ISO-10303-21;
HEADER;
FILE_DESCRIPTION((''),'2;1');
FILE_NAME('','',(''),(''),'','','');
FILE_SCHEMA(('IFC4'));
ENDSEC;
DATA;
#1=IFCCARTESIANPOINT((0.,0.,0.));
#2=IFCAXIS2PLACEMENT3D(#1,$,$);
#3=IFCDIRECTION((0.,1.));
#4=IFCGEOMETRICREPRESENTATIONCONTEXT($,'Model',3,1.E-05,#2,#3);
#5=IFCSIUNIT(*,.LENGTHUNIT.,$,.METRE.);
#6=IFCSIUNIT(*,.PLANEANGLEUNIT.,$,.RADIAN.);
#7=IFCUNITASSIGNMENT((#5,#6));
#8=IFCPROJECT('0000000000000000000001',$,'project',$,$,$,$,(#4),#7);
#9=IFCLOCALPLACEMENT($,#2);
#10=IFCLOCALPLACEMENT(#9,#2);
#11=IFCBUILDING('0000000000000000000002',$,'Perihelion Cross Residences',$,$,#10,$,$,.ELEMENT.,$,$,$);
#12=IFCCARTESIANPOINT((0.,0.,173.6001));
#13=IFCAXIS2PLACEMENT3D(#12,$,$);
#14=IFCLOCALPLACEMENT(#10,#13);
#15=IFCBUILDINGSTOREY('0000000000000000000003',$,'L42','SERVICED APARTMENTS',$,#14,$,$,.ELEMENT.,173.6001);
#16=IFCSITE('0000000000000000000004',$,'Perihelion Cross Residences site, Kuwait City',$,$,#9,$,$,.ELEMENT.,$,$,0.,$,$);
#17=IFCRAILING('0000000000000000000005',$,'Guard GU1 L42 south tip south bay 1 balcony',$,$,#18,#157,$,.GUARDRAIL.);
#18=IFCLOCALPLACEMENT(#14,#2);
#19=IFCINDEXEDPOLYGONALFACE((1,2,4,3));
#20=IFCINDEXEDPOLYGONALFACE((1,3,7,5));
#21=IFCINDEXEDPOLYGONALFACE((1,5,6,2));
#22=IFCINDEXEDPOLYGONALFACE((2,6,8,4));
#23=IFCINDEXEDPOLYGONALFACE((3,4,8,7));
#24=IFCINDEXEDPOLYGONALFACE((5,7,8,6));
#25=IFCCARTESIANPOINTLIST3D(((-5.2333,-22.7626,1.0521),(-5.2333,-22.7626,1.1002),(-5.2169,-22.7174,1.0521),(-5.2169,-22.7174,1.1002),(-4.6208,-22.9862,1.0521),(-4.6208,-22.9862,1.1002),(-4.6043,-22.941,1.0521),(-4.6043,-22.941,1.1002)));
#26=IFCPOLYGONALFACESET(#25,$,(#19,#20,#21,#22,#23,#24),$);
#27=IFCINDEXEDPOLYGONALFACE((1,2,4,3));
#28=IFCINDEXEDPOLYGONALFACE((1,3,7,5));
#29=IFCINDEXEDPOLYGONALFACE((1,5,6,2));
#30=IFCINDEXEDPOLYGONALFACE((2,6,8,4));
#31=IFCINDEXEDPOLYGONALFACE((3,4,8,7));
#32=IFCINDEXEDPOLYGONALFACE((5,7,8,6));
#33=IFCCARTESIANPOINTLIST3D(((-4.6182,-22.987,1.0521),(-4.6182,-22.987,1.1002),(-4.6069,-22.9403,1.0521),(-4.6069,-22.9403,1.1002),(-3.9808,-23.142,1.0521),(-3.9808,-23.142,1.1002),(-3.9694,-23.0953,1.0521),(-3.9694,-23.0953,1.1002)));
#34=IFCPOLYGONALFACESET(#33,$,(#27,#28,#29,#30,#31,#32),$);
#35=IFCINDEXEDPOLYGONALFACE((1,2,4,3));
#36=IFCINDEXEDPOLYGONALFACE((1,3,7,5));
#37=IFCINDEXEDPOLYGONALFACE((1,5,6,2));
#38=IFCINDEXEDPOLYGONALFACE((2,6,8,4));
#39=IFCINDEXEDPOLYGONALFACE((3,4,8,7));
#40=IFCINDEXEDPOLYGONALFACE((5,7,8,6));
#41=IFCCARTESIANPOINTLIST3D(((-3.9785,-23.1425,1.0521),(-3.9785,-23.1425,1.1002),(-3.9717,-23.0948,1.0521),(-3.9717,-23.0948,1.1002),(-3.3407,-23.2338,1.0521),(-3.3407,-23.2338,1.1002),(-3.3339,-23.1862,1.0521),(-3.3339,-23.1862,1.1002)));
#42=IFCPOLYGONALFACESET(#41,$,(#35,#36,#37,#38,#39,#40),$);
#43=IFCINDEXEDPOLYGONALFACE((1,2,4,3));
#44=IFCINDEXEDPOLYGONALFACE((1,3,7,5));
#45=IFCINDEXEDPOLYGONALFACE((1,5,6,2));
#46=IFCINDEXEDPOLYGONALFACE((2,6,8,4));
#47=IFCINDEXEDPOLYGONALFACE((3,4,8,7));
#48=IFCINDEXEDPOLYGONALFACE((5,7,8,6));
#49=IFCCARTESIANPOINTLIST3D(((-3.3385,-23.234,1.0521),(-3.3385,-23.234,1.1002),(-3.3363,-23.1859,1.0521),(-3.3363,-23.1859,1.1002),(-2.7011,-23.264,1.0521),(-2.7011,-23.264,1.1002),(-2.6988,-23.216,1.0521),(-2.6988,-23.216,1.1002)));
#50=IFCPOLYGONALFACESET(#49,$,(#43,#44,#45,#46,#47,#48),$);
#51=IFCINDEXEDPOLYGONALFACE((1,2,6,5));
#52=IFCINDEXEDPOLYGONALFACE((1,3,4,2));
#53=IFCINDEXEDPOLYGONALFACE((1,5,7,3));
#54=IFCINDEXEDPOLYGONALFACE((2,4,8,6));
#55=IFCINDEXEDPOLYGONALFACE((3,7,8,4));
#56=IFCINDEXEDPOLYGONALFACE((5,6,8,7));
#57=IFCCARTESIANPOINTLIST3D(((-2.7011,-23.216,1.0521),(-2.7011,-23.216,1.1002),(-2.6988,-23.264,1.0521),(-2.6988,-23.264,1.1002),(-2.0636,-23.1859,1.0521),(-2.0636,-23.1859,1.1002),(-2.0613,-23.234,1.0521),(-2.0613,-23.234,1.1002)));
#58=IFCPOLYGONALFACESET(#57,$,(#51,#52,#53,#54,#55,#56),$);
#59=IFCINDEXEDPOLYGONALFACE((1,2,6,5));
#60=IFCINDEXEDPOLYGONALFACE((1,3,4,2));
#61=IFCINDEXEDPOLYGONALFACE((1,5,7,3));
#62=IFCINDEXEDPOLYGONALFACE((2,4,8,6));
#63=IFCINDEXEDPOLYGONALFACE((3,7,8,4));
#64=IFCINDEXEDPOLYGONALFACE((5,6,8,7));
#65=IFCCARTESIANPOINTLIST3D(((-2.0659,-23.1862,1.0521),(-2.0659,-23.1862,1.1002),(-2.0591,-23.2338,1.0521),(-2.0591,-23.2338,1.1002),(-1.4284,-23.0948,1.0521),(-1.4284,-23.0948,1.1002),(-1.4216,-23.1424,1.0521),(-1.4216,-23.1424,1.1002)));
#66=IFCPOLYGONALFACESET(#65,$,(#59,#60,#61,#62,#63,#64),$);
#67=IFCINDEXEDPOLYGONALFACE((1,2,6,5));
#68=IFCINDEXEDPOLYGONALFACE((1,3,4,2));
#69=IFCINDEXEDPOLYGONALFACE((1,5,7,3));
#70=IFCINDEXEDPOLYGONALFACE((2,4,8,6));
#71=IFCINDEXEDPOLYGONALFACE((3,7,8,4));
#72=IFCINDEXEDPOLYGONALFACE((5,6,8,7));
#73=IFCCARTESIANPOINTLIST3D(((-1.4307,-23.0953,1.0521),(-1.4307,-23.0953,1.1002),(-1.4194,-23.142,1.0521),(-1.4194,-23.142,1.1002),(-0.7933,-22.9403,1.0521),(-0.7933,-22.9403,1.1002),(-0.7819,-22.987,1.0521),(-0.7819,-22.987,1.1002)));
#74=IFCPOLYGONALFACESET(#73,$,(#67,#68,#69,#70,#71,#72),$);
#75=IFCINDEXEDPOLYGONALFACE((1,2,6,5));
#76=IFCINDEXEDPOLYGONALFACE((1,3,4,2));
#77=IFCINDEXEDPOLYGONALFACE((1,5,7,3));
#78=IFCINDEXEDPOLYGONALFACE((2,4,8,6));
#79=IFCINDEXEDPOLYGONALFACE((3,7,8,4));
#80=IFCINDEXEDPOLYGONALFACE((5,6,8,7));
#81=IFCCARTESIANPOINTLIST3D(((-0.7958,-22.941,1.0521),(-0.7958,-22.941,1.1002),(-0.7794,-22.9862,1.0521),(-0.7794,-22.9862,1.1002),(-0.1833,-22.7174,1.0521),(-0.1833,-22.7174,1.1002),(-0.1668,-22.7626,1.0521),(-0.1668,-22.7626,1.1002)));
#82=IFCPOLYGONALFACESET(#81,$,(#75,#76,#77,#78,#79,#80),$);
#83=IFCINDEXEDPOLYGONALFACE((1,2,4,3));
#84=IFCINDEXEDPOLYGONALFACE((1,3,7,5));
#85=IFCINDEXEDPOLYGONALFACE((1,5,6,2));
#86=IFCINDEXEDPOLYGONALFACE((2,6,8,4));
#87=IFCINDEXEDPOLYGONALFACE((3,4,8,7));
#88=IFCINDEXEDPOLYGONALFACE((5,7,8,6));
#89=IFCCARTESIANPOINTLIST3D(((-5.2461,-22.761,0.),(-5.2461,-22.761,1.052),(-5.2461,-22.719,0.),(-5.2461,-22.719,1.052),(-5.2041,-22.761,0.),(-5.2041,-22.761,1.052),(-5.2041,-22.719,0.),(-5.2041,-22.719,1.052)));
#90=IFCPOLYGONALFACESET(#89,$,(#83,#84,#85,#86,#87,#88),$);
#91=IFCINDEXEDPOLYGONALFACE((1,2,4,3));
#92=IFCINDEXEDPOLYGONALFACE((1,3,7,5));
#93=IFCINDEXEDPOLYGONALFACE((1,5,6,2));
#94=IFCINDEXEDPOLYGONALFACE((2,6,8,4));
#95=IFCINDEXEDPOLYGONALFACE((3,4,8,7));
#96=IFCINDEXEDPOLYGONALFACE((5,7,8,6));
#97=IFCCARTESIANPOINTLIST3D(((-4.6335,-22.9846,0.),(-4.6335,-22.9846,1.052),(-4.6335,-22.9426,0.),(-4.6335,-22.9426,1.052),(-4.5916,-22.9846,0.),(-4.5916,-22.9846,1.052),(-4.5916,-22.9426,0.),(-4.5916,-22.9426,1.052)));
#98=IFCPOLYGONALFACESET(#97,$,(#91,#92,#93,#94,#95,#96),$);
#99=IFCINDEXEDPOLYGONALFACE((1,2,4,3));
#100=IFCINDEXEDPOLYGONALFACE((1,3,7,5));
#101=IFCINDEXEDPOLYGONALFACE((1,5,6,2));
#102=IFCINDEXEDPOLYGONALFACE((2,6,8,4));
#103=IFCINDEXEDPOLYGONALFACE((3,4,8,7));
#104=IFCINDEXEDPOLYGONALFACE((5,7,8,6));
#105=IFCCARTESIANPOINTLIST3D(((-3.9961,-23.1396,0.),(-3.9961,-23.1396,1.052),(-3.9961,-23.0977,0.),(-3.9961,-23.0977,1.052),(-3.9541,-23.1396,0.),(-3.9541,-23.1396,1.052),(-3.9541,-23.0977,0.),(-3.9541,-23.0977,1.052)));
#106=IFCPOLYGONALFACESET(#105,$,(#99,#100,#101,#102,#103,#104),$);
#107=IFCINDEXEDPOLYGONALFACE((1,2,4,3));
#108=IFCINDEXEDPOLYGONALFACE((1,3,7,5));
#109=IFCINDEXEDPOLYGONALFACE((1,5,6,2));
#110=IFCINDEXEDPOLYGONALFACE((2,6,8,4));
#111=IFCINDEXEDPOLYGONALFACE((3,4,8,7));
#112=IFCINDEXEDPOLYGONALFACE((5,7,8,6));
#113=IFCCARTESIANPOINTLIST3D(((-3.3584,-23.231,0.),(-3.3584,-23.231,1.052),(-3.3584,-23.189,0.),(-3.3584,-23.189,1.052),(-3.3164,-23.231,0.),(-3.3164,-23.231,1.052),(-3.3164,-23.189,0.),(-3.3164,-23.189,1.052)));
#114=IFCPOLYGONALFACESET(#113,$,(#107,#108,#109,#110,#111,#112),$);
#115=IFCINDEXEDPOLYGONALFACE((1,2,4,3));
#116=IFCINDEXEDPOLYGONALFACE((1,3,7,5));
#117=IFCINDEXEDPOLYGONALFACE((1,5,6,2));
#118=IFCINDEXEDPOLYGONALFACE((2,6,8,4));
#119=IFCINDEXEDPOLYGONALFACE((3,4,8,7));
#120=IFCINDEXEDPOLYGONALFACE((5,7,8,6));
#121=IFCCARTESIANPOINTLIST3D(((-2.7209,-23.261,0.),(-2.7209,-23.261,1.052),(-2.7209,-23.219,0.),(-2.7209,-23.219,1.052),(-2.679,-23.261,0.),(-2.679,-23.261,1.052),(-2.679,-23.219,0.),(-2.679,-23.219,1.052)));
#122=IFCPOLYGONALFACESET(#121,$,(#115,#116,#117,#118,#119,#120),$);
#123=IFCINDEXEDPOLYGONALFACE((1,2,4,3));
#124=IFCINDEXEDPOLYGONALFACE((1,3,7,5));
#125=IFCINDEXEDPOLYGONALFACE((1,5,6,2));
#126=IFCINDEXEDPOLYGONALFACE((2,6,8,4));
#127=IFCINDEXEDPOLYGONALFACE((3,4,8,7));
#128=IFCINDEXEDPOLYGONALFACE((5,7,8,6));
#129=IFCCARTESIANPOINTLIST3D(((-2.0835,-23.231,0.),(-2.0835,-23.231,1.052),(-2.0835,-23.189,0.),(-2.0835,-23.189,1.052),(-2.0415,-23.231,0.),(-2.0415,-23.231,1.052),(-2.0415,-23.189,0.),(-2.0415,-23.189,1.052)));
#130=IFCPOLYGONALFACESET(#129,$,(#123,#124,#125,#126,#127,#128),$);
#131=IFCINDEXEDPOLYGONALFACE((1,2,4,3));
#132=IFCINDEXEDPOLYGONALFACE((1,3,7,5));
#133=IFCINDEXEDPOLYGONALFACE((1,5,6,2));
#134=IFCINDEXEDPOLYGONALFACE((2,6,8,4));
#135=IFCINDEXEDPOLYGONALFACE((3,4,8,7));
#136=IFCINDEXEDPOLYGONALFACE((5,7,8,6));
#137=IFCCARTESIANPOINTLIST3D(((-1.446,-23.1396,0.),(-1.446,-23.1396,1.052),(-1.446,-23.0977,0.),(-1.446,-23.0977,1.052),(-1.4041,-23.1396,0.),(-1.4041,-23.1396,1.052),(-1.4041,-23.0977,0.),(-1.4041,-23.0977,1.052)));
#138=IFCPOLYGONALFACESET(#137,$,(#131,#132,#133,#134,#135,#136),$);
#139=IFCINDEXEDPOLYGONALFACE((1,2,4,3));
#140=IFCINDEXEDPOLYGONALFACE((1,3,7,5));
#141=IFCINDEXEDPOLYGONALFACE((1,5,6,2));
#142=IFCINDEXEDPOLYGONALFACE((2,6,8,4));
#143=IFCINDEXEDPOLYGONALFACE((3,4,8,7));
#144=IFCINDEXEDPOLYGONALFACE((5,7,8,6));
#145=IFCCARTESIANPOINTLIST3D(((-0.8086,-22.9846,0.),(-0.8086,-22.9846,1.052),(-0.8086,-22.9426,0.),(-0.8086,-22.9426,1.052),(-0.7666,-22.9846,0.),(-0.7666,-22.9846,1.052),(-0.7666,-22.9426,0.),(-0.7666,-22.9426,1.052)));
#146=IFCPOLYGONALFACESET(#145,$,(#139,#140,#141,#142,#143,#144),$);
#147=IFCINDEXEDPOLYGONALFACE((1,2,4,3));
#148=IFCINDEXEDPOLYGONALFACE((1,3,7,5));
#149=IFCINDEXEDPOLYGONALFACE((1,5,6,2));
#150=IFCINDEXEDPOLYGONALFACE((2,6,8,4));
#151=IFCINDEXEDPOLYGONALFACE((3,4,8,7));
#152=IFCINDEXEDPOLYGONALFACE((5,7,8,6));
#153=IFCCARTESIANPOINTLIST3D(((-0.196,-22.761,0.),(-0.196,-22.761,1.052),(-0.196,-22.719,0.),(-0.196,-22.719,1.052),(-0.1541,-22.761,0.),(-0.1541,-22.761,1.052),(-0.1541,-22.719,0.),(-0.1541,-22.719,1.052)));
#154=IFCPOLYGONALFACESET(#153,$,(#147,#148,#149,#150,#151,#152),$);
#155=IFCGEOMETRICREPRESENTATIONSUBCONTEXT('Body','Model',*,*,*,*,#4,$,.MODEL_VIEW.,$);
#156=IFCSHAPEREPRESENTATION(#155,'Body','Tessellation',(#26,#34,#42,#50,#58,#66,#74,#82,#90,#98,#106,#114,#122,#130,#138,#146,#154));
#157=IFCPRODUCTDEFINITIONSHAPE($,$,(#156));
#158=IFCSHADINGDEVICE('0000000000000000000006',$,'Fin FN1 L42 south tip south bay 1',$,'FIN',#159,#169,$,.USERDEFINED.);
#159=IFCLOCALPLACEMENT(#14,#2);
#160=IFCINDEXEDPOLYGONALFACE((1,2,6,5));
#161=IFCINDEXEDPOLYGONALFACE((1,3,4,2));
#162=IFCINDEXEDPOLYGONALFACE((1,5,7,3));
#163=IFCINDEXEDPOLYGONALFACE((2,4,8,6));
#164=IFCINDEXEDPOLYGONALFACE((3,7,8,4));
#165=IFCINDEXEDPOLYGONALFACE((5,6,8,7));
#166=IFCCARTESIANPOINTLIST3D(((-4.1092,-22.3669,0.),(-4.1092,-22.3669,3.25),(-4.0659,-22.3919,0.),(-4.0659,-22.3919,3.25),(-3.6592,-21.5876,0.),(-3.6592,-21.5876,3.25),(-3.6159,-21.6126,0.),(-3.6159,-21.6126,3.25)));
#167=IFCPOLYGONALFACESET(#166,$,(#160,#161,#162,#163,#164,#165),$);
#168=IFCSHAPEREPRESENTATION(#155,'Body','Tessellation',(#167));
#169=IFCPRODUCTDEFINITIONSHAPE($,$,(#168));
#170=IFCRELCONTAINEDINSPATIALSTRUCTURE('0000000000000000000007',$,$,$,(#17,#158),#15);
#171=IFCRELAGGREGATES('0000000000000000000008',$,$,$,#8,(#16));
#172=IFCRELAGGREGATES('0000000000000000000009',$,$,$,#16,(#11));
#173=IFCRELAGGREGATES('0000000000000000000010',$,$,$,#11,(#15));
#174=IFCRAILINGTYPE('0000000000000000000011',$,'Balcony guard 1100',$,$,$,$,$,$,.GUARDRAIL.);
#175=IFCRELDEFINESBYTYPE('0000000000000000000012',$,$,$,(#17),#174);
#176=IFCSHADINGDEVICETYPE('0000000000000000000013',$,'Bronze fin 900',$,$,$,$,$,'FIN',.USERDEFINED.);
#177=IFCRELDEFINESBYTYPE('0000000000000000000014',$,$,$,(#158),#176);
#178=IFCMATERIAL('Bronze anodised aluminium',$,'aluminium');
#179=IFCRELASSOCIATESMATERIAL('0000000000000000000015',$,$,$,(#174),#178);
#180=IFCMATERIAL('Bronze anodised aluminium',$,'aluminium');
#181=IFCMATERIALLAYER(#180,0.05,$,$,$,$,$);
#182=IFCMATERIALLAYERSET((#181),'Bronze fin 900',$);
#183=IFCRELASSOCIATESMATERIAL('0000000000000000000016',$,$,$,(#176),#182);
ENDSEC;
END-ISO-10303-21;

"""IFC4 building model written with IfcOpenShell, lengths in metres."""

from ifc_helpers import new_model, si_unit, direction, frame, origin, origin_2d, place, context, subcontext, project, spatial, rectangle, extrude, material, layer, layer_set, type_object, element, save


model = new_model("IFC4")

# Units and contexts
model_context = context("Model", 3, precision=1e-05, world=origin(), true_north=direction((0.0, 1.0)))
body_context = subcontext(model_context, "Body", "Model", "MODEL_VIEW")
ifc_project = project(units=[si_unit("LENGTHUNIT", "METRE"), si_unit("PLANEANGLEUNIT", "RADIAN")], contexts=[model_context])

# Site, building, storey
site_placement = place(None, origin())
site = spatial("IfcSite", under=ifc_project, at=site_placement, Name="Perihelion Cross Residences site, Kuwait City", CompositionType="ELEMENT", RefElevation=0.0)
building_placement = place(site_placement, origin())
building = spatial("IfcBuilding", under=site, at=building_placement, Name="Perihelion Cross Residences", CompositionType="ELEMENT")
storey_placement = place(building_placement, frame((0.0, 0.0, 173.6001)))
storey = spatial("IfcBuildingStorey", under=building, at=storey_placement, Name="L42", Description="SERVICED APARTMENTS", CompositionType="ELEMENT", Elevation=173.6001)

# Railing
ifc_material_1 = material(Name="Bronze anodised aluminium", Category="aluminium")
railing_type = type_object("IfcRailingType", Name="Balcony guard 1100", PredefinedType="GUARDRAIL", material=ifc_material_1)
railing_placement = place(storey_placement, frame((-5.2251, -22.74, 0.0)))
element("IfcRailing", 1, at=railing_placement, inside=storey, type_object=railing_type, Name="Guard GU1 L42 south tip south bay 1 balcony", PredefinedType="GUARDRAIL", context=body_context, shape_type="SweptSolid", body=[
    extrude(rectangle(XDim=0.0481, YDim=0.0481, at=origin_2d()), frame((0.0, 0.0, 1.0762), z_axis=(0.939355, -0.342945, 0.0), x_axis=(0.342945, 0.939355, 0.0)), (0.0, 0.0, 1.0), 0.6521),
    extrude(rectangle(XDim=0.0481, YDim=0.0481, at=origin_2d()), frame((0.6125, -0.2236, 1.0762), z_axis=(0.971677, -0.236314, 0.0), x_axis=(0.236314, 0.971677, 0.0)), (0.0, 0.0, 1.0), 0.656),
    extrude(rectangle(XDim=0.0481, YDim=0.0481, at=origin_2d()), frame((1.25, -0.3787, 1.0762), z_axis=(0.989904, -0.14174, 0.0), x_axis=(0.14174, 0.989904, 0.0)), (0.0, 0.0, 1.0), 0.6443),
    extrude(rectangle(XDim=0.0481, YDim=0.0481, at=origin_2d()), frame((1.8877, -0.47, 1.0762), z_axis=(0.998892, -0.047056, 0.0), x_axis=(0.047056, 0.998892, 0.0)), (0.0, 0.0, 1.0), 0.6382),
    extrude(rectangle(XDim=0.0481, YDim=0.0481, at=origin_2d()), frame((2.5251, -0.5, 1.0762), z_axis=(0.998892, 0.047056, 0.0), x_axis=(-0.047056, 0.998892, 0.0)), (0.0, 0.0, 1.0), 0.6382),
    extrude(rectangle(XDim=0.0481, YDim=0.0481, at=origin_2d()), frame((3.1626, -0.47, 1.0762), z_axis=(0.989896, 0.141793, 0.0), x_axis=(-0.141793, 0.989896, 0.0)), (0.0, 0.0, 1.0), 0.644),
    extrude(rectangle(XDim=0.0481, YDim=0.0481, at=origin_2d()), frame((3.8, -0.3787, 1.0762), z_axis=(0.971677, 0.236314, 0.0), x_axis=(-0.236314, 0.971677, 0.0)), (0.0, 0.0, 1.0), 0.656),
    extrude(rectangle(XDim=0.0481, YDim=0.0481, at=origin_2d()), frame((4.4375, -0.2236, 1.0762), z_axis=(0.939355, 0.342945, 0.0), x_axis=(-0.342945, 0.939355, 0.0)), (0.0, 0.0, 1.0), 0.6521),
    extrude(rectangle(XDim=0.042, YDim=0.042, at=origin_2d()), origin(), (0.0, 0.0, 1.0), 1.052),
    extrude(rectangle(XDim=0.042, YDim=0.042, at=origin_2d()), frame((0.6125, -0.2236, 0.0)), (0.0, 0.0, 1.0), 1.052),
    extrude(rectangle(XDim=0.042, YDim=0.042, at=origin_2d()), frame((1.25, -0.3787, 0.0)), (0.0, 0.0, 1.0), 1.052),
    extrude(rectangle(XDim=0.042, YDim=0.042, at=origin_2d()), frame((1.8877, -0.47, 0.0)), (0.0, 0.0, 1.0), 1.052),
    extrude(rectangle(XDim=0.042, YDim=0.042, at=origin_2d()), frame((2.5251, -0.5, 0.0)), (0.0, 0.0, 1.0), 1.052),
    extrude(rectangle(XDim=0.042, YDim=0.042, at=origin_2d()), frame((3.1626, -0.47, 0.0)), (0.0, 0.0, 1.0), 1.052),
    extrude(rectangle(XDim=0.042, YDim=0.042, at=origin_2d()), frame((3.8, -0.3787, 0.0)), (0.0, 0.0, 1.0), 1.052),
    extrude(rectangle(XDim=0.042, YDim=0.042, at=origin_2d()), frame((4.4375, -0.2236, 0.0)), (0.0, 0.0, 1.0), 1.052),
    extrude(rectangle(XDim=0.042, YDim=0.042, at=origin_2d()), frame((5.05, 0.0, 0.0)), (0.0, 0.0, 1.0), 1.052),
])

# Shading device
ifc_material_2 = material(Name="Bronze anodised aluminium", Category="aluminium")
ifc_layer_1 = layer(ifc_material_2, 0.05)
ifc_layer_set_1 = layer_set([ifc_layer_1], Name="Bronze fin 900")
shading_device_type = type_object("IfcShadingDeviceType", Name="Bronze fin 900", ElementType="FIN", PredefinedType="USERDEFINED", material=ifc_layer_set_1)
shading_device_placement = place(storey_placement, frame((-3.8625, -21.9897, 0.0), z_axis=(0.0, 0.0, 1.0), x_axis=(-0.5, -0.866025, 0.0)))
element("IfcShadingDevice", 2, at=shading_device_placement, inside=storey, type_object=shading_device_type, Name="Fin FN1 L42 south tip south bay 1", ObjectType="FIN", PredefinedType="USERDEFINED", context=body_context, shape_type="SweptSolid", body=[
    extrude(rectangle(XDim=0.8999, YDim=0.05, at=origin_2d()), origin(), (0.0, 0.0, 1.0), 3.25),
])

save(model, "model.ifc")
